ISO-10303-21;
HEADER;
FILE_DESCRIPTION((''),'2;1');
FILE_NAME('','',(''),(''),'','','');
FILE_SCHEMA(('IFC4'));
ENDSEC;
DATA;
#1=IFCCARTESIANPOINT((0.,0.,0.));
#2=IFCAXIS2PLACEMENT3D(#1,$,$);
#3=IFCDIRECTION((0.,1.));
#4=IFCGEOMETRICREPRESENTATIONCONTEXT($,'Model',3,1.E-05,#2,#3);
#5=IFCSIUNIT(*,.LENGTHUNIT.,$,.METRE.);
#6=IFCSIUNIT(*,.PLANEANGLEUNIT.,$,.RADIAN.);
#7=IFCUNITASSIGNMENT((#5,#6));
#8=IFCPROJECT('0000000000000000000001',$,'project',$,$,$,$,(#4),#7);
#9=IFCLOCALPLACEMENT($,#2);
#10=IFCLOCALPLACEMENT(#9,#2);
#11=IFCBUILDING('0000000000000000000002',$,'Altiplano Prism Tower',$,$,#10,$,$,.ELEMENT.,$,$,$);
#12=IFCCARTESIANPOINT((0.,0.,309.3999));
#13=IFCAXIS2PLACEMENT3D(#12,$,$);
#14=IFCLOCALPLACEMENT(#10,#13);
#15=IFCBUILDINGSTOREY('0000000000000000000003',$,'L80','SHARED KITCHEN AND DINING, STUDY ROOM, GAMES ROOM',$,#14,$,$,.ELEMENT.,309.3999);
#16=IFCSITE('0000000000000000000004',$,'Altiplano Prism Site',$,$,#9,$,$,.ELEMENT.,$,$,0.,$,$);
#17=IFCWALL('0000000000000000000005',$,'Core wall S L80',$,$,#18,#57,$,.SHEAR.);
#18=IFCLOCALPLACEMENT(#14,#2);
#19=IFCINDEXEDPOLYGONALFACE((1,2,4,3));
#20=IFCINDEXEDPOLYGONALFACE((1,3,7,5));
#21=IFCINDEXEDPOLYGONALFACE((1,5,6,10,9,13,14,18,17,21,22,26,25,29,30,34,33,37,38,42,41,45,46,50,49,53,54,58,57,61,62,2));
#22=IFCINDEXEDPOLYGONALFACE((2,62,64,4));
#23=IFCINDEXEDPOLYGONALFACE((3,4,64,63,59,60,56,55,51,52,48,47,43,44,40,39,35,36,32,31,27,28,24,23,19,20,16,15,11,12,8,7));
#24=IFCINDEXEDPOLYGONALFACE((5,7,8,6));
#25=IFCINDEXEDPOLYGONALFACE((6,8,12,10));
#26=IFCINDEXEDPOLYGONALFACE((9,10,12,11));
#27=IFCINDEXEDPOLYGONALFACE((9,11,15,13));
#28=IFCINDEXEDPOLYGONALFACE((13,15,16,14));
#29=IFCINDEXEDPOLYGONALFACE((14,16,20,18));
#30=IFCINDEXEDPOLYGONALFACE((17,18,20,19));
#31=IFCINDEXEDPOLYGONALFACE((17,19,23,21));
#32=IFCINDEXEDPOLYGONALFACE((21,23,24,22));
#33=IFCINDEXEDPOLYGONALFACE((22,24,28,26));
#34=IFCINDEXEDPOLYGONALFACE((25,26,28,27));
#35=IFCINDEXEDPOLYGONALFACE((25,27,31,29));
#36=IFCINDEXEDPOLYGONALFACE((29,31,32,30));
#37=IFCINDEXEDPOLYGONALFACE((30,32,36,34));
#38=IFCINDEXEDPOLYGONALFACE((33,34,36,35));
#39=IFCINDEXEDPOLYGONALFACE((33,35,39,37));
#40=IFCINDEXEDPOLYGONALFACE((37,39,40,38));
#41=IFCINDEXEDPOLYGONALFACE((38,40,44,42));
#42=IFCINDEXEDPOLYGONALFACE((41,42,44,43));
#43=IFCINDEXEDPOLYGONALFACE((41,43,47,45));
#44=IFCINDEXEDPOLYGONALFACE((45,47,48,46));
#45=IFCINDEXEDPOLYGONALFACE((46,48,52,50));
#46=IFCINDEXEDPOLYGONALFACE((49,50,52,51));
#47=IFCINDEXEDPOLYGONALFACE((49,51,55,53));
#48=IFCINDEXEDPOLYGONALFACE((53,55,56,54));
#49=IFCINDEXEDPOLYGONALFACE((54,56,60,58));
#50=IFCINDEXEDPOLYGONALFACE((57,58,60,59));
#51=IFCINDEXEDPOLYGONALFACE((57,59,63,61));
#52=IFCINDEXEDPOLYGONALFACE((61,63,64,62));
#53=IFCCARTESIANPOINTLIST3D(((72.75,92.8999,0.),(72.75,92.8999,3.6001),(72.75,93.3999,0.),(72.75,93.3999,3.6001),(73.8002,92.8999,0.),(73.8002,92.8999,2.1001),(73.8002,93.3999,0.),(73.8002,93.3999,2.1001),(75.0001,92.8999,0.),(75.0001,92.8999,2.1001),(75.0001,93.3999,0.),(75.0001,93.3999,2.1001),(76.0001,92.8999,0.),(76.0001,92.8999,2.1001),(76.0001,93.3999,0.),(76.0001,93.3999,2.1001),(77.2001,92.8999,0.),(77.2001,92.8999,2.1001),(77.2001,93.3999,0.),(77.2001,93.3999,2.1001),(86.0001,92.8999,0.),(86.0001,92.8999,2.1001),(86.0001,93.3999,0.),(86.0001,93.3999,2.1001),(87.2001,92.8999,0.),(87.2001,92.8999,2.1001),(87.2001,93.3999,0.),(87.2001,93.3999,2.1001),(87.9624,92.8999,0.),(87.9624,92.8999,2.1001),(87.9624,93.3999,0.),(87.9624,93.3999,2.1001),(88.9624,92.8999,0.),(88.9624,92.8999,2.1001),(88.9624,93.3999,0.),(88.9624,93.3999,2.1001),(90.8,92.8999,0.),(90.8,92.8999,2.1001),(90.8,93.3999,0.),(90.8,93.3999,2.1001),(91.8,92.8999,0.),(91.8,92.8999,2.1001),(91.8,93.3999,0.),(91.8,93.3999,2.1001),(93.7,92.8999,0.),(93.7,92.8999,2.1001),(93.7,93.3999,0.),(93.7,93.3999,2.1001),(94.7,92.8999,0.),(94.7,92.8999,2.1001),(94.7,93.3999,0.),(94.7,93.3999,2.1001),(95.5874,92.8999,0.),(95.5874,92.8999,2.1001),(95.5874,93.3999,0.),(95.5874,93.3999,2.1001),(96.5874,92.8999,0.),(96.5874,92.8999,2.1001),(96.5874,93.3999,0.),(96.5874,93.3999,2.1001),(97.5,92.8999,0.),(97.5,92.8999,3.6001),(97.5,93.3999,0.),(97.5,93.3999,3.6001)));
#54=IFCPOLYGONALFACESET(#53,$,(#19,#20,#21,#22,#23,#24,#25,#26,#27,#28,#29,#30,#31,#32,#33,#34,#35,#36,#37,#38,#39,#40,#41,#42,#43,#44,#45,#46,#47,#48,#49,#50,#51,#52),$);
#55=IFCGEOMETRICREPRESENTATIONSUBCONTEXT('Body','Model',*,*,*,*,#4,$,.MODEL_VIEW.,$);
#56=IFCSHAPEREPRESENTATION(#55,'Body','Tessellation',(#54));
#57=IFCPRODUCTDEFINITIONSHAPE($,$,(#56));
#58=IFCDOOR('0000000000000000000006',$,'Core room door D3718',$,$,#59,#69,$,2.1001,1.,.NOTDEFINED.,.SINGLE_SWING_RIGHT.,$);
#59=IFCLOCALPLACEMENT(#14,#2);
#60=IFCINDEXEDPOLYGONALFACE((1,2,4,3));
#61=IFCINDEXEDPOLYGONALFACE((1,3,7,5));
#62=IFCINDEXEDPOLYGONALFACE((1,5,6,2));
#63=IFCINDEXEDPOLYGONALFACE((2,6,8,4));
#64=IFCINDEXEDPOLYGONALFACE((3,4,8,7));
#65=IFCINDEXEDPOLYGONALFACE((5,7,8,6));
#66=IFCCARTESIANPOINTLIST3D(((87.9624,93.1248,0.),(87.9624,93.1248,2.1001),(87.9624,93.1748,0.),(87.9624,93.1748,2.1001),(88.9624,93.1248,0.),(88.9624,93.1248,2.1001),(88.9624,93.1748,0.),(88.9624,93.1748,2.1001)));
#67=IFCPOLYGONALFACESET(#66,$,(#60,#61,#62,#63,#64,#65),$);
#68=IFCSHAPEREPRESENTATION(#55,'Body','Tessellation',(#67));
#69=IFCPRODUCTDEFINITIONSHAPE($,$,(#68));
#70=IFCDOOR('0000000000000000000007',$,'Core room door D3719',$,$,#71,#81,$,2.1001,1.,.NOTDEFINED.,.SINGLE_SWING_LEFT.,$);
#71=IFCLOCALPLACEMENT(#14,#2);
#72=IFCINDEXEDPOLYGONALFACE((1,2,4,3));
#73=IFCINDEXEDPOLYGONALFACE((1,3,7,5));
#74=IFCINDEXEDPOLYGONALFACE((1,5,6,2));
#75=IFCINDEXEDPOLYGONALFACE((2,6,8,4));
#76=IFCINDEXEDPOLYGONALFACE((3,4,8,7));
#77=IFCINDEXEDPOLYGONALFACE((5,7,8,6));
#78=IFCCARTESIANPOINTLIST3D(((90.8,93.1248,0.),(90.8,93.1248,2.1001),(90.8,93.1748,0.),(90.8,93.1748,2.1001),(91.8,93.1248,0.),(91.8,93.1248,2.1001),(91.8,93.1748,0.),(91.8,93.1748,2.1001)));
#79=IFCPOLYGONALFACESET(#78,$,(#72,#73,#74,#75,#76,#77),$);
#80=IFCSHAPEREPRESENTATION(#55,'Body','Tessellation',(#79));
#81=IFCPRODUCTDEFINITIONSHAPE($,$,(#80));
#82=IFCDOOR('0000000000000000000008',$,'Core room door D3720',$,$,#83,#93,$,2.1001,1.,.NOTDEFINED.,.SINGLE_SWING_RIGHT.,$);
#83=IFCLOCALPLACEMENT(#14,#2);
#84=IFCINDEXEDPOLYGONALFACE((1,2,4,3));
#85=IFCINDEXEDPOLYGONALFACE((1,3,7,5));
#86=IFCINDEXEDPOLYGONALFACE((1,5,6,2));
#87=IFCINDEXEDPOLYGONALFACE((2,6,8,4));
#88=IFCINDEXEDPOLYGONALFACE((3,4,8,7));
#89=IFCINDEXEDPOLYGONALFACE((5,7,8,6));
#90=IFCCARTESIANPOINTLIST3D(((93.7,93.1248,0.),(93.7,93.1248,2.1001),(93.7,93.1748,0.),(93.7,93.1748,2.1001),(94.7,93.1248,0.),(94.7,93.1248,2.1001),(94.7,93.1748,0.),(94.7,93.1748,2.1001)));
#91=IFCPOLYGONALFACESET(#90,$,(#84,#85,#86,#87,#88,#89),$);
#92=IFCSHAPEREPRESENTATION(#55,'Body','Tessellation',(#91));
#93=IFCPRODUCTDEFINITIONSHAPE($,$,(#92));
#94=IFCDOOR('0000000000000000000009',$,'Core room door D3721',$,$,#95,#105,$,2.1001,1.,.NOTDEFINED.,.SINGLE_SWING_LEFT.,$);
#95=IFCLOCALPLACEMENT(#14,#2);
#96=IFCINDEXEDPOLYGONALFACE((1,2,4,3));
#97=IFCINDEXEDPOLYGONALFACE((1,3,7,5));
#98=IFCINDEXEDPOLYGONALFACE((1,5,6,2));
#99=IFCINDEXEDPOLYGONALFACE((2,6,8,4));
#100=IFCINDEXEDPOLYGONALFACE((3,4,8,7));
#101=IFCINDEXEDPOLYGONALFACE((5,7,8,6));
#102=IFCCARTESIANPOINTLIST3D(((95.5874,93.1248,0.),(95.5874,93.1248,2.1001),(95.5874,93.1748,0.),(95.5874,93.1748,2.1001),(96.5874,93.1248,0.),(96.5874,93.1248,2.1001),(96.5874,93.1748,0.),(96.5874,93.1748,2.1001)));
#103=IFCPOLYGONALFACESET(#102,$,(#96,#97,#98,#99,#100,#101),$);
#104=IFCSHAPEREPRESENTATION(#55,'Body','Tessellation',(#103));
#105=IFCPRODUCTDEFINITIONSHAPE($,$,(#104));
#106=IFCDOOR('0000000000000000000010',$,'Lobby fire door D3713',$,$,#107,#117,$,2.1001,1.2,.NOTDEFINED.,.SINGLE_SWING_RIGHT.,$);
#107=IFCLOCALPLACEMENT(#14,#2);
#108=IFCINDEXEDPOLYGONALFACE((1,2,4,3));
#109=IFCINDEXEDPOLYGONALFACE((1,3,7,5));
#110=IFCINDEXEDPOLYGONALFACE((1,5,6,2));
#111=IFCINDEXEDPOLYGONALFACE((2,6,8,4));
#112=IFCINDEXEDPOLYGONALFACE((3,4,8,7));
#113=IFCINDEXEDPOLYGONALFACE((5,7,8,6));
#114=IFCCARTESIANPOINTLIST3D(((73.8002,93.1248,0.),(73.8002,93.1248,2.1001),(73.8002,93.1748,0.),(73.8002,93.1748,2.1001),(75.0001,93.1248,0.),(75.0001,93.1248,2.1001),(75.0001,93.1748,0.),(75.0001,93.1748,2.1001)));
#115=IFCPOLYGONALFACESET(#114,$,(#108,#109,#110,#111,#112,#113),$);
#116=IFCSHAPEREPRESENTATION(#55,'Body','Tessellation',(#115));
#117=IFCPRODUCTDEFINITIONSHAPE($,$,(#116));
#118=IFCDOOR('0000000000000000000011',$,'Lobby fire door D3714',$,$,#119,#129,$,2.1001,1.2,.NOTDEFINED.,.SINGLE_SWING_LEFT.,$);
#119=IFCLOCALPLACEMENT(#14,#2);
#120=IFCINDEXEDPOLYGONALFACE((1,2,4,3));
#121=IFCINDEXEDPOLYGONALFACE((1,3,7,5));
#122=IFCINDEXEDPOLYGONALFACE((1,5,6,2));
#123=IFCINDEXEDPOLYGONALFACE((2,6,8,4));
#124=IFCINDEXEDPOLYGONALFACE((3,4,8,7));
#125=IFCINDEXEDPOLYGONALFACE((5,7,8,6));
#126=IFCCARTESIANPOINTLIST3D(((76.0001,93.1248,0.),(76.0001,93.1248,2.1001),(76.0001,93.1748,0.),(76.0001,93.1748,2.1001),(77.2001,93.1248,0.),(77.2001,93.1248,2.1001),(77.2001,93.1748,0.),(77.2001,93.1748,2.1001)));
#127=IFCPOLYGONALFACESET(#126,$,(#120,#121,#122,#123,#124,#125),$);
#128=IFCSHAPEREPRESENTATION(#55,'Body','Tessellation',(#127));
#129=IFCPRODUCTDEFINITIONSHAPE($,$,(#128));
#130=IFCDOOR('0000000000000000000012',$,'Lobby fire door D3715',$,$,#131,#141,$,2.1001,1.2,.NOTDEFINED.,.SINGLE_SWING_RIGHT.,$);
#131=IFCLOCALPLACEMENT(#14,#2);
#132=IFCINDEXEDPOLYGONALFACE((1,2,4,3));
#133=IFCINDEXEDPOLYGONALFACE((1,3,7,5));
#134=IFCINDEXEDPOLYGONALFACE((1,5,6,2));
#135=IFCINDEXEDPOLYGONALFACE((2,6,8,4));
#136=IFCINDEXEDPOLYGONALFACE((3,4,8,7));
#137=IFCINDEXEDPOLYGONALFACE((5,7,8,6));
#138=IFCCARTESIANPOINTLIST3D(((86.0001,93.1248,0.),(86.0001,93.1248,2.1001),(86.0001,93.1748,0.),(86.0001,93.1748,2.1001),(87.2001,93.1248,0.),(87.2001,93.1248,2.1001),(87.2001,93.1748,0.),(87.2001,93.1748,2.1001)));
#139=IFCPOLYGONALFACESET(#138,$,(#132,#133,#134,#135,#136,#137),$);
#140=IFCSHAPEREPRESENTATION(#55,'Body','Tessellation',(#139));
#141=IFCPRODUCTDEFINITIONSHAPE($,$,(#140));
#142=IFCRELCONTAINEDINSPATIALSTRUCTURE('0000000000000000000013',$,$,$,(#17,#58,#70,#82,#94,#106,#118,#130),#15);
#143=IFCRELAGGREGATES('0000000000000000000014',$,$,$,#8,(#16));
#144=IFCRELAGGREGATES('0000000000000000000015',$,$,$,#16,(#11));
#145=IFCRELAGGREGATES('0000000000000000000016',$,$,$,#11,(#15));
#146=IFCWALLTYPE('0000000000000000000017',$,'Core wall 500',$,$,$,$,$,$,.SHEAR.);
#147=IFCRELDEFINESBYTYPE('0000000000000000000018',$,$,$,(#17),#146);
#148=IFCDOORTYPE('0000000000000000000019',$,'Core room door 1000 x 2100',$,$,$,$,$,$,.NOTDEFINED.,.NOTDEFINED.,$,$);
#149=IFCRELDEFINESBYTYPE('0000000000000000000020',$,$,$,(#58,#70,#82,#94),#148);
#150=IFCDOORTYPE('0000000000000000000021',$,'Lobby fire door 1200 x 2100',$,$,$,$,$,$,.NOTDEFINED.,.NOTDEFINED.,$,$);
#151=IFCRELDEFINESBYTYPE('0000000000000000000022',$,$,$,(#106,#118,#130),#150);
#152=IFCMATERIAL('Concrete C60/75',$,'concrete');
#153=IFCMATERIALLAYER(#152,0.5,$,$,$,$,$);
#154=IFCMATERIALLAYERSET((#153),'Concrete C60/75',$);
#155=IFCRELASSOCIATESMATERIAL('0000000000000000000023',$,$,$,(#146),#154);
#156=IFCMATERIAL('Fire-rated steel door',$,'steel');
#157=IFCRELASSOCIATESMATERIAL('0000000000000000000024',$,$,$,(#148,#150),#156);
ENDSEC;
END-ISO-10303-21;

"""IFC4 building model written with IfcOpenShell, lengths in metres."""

from ifc_helpers import new_model, si_unit, direction, frame, frame_2d, origin, place, context, subcontext, project, spatial, rectangle, extrude, material, layer, layer_set, type_object, element, fill, save


model = new_model("IFC4")

# Units and contexts
model_context = context("Model", 3, precision=1e-05, world=origin(), true_north=direction((0.0, 1.0)))
body_context = subcontext(model_context, "Body", "Model", "MODEL_VIEW")
ifc_project = project(units=[si_unit("LENGTHUNIT", "METRE"), si_unit("PLANEANGLEUNIT", "RADIAN")], contexts=[model_context])

# Site, building, storey
site_placement = place(None, origin())
site = spatial("IfcSite", under=ifc_project, at=site_placement, Name="Altiplano Prism Site", CompositionType="ELEMENT", RefElevation=0.0)
building_placement = place(site_placement, origin())
building = spatial("IfcBuilding", under=site, at=building_placement, Name="Altiplano Prism Tower", CompositionType="ELEMENT")
storey_placement = place(building_placement, frame((0.0, 0.0, 309.3999)))
storey = spatial("IfcBuildingStorey", under=building, at=storey_placement, Name="L80", Description="SHARED KITCHEN AND DINING, STUDY ROOM, GAMES ROOM", CompositionType="ELEMENT", Elevation=309.3999)

# Shared definitions
ifc_material_1 = material(Name="Concrete C60/75", Category="concrete")

# Wall, openings, doors
ifc_layer_1 = layer(ifc_material_1, 0.5)
ifc_layer_set_1 = layer_set([ifc_layer_1], Name="Concrete C60/75")
wall_type_1 = type_object("IfcWallType", Name="Core wall 500", PredefinedType="SHEAR", material=ifc_layer_set_1)
wall_1_placement = place(storey_placement, frame((72.75, 93.1499, 0.0), z_axis=(0.0, 0.0, 1.0), x_axis=(1.0, 0.0, 0.0)))
wall_1 = element("IfcWall", 1, at=wall_1_placement, inside=storey, type_object=wall_type_1, Name="Core wall S L80", PredefinedType="SHEAR", context=body_context, shape_type="SweptSolid", body=[
    extrude(rectangle(XDim=24.75, YDim=0.5, at=frame_2d((12.375, 0.0))), origin(), (0.0, 0.0, 1.0), 3.6001),
])
opening_1_placement = place(wall_1_placement, frame((1.05, 0.0, 0.0)))
opening_1 = element("IfcOpeningElement", 2, at=opening_1_placement, cuts=wall_1, PredefinedType="OPENING", context=body_context, shape_type="SweptSolid", body=[
    extrude(rectangle(XDim=1.2, YDim=2.1001, at=frame_2d((0.6001, 1.05))), frame((0.0, 0.2605, 0.0), z_axis=(0.0, -1.0, 0.0), x_axis=(1.0, 0.0, 0.0)), (0.0, 0.0, 1.0), 0.521),
])
opening_2_placement = place(wall_1_placement, frame((3.25, 0.0, 0.0)))
opening_2 = element("IfcOpeningElement", 3, at=opening_2_placement, cuts=wall_1, PredefinedType="OPENING", context=body_context, shape_type="SweptSolid", body=[
    extrude(rectangle(XDim=1.2, YDim=2.1001, at=frame_2d((0.6001, 1.05))), frame((0.0, 0.2605, 0.0), z_axis=(0.0, -1.0, 0.0), x_axis=(1.0, 0.0, 0.0)), (0.0, 0.0, 1.0), 0.521),
])
opening_3_placement = place(wall_1_placement, frame((13.25, 0.0, 0.0)))
opening_3 = element("IfcOpeningElement", 4, at=opening_3_placement, cuts=wall_1, PredefinedType="OPENING", context=body_context, shape_type="SweptSolid", body=[
    extrude(rectangle(XDim=1.2, YDim=2.1001, at=frame_2d((0.6001, 1.05))), frame((0.0, 0.2605, 0.0), z_axis=(0.0, -1.0, 0.0), x_axis=(1.0, 0.0, 0.0)), (0.0, 0.0, 1.0), 0.521),
])
opening_4_placement = place(wall_1_placement, frame((15.2124, 0.0, 0.0)))
opening_4 = element("IfcOpeningElement", 5, at=opening_4_placement, cuts=wall_1, PredefinedType="OPENING", context=body_context, shape_type="SweptSolid", body=[
    extrude(rectangle(XDim=1.0, YDim=2.1001, at=frame_2d((0.5, 1.05))), frame((0.0, 0.2605, 0.0), z_axis=(0.0, -1.0, 0.0), x_axis=(1.0, 0.0, 0.0)), (0.0, 0.0, 1.0), 0.521),
])
opening_5_placement = place(wall_1_placement, frame((18.05, 0.0, 0.0)))
opening_5 = element("IfcOpeningElement", 6, at=opening_5_placement, cuts=wall_1, PredefinedType="OPENING", context=body_context, shape_type="SweptSolid", body=[
    extrude(rectangle(XDim=1.0, YDim=2.1001, at=frame_2d((0.5, 1.05))), frame((0.0, 0.2605, 0.0), z_axis=(0.0, -1.0, 0.0), x_axis=(1.0, 0.0, 0.0)), (0.0, 0.0, 1.0), 0.521),
])
opening_6_placement = place(wall_1_placement, frame((20.95, 0.0, 0.0)))
opening_6 = element("IfcOpeningElement", 7, at=opening_6_placement, cuts=wall_1, PredefinedType="OPENING", context=body_context, shape_type="SweptSolid", body=[
    extrude(rectangle(XDim=1.0, YDim=2.1001, at=frame_2d((0.5, 1.05))), frame((0.0, 0.2605, 0.0), z_axis=(0.0, -1.0, 0.0), x_axis=(1.0, 0.0, 0.0)), (0.0, 0.0, 1.0), 0.521),
])
opening_7_placement = place(wall_1_placement, frame((22.8374, 0.0, 0.0)))
opening_7 = element("IfcOpeningElement", 8, at=opening_7_placement, cuts=wall_1, PredefinedType="OPENING", context=body_context, shape_type="SweptSolid", body=[
    extrude(rectangle(XDim=1.0, YDim=2.1001, at=frame_2d((0.5, 1.05))), frame((0.0, 0.2605, 0.0), z_axis=(0.0, -1.0, 0.0), x_axis=(1.0, 0.0, 0.0)), (0.0, 0.0, 1.0), 0.521),
])
ifc_material_2 = material(Name="Fire-rated steel door", Category="steel")
door_type_1 = type_object("IfcDoorType", Name="Core room door 1000 x 2100", OperationType="NOTDEFINED", PredefinedType="NOTDEFINED", material=ifc_material_2)
door_1_placement = place(opening_4_placement, origin())
door_1 = element("IfcDoor", 9, at=door_1_placement, inside=storey, type_object=door_type_1, Name="Core room door D3718", OperationType="SINGLE_SWING_RIGHT", OverallHeight=2.1001, OverallWidth=1.0, PredefinedType="NOTDEFINED", context=body_context, shape_type="SweptSolid", body=[
    extrude(rectangle(XDim=1.0, YDim=2.1001, at=frame_2d((0.5, 1.05))), frame((0.0, 0.0249, 0.0), z_axis=(0.0, -1.0, 0.0), x_axis=(1.0, 0.0, 0.0)), (0.0, 0.0, 1.0), 0.05),
])
fill(opening_4, door_1)
door_2_placement = place(opening_5_placement, origin())
door_2 = element("IfcDoor", 10, at=door_2_placement, inside=storey, type_object=door_type_1, Name="Core room door D3719", OperationType="SINGLE_SWING_LEFT", OverallHeight=2.1001, OverallWidth=1.0, PredefinedType="NOTDEFINED", context=body_context, shape_type="SweptSolid", body=[
    extrude(rectangle(XDim=1.0, YDim=2.1001, at=frame_2d((0.5, 1.05))), frame((0.0, 0.0249, 0.0), z_axis=(0.0, -1.0, 0.0), x_axis=(1.0, 0.0, 0.0)), (0.0, 0.0, 1.0), 0.05),
])
fill(opening_5, door_2)
door_3_placement = place(opening_6_placement, origin())
door_3 = element("IfcDoor", 11, at=door_3_placement, inside=storey, type_object=door_type_1, Name="Core room door D3720", OperationType="SINGLE_SWING_RIGHT", OverallHeight=2.1001, OverallWidth=1.0, PredefinedType="NOTDEFINED", context=body_context, shape_type="SweptSolid", body=[
    extrude(rectangle(XDim=1.0, YDim=2.1001, at=frame_2d((0.5, 1.05))), frame((0.0, 0.0249, 0.0), z_axis=(0.0, -1.0, 0.0), x_axis=(1.0, 0.0, 0.0)), (0.0, 0.0, 1.0), 0.05),
])
fill(opening_6, door_3)
door_4_placement = place(opening_7_placement, origin())
door_4 = element("IfcDoor", 12, at=door_4_placement, inside=storey, type_object=door_type_1, Name="Core room door D3721", OperationType="SINGLE_SWING_LEFT", OverallHeight=2.1001, OverallWidth=1.0, PredefinedType="NOTDEFINED", context=body_context, shape_type="SweptSolid", body=[
    extrude(rectangle(XDim=1.0, YDim=2.1001, at=frame_2d((0.5, 1.05))), frame((0.0, 0.0249, 0.0), z_axis=(0.0, -1.0, 0.0), x_axis=(1.0, 0.0, 0.0)), (0.0, 0.0, 1.0), 0.05),
])
fill(opening_7, door_4)
door_type_2 = type_object("IfcDoorType", Name="Lobby fire door 1200 x 2100", OperationType="NOTDEFINED", PredefinedType="NOTDEFINED", material=ifc_material_2)
door_5_placement = place(opening_1_placement, origin())
door_5 = element("IfcDoor", 13, at=door_5_placement, inside=storey, type_object=door_type_2, Name="Lobby fire door D3713", OperationType="SINGLE_SWING_RIGHT", OverallHeight=2.1001, OverallWidth=1.2, PredefinedType="NOTDEFINED", context=body_context, shape_type="SweptSolid", body=[
    extrude(rectangle(XDim=1.2, YDim=2.1001, at=frame_2d((0.6001, 1.05))), frame((0.0, 0.0249, 0.0), z_axis=(0.0, -1.0, 0.0), x_axis=(1.0, 0.0, 0.0)), (0.0, 0.0, 1.0), 0.05),
])
fill(opening_1, door_5)
door_6_placement = place(opening_2_placement, origin())
door_6 = element("IfcDoor", 14, at=door_6_placement, inside=storey, type_object=door_type_2, Name="Lobby fire door D3714", OperationType="SINGLE_SWING_LEFT", OverallHeight=2.1001, OverallWidth=1.2, PredefinedType="NOTDEFINED", context=body_context, shape_type="SweptSolid", body=[
    extrude(rectangle(XDim=1.2, YDim=2.1001, at=frame_2d((0.6001, 1.05))), frame((0.0, 0.0249, 0.0), z_axis=(0.0, -1.0, 0.0), x_axis=(1.0, 0.0, 0.0)), (0.0, 0.0, 1.0), 0.05),
])
fill(opening_2, door_6)
door_7_placement = place(opening_3_placement, origin())
door_7 = element("IfcDoor", 15, at=door_7_placement, inside=storey, type_object=door_type_2, Name="Lobby fire door D3715", OperationType="SINGLE_SWING_RIGHT", OverallHeight=2.1001, OverallWidth=1.2, PredefinedType="NOTDEFINED", context=body_context, shape_type="SweptSolid", body=[
    extrude(rectangle(XDim=1.2, YDim=2.1001, at=frame_2d((0.6001, 1.05))), frame((0.0, 0.0249, 0.0), z_axis=(0.0, -1.0, 0.0), x_axis=(1.0, 0.0, 0.0)), (0.0, 0.0, 1.0), 0.05),
])
fill(opening_3, door_7)

save(model, "model.ifc")
